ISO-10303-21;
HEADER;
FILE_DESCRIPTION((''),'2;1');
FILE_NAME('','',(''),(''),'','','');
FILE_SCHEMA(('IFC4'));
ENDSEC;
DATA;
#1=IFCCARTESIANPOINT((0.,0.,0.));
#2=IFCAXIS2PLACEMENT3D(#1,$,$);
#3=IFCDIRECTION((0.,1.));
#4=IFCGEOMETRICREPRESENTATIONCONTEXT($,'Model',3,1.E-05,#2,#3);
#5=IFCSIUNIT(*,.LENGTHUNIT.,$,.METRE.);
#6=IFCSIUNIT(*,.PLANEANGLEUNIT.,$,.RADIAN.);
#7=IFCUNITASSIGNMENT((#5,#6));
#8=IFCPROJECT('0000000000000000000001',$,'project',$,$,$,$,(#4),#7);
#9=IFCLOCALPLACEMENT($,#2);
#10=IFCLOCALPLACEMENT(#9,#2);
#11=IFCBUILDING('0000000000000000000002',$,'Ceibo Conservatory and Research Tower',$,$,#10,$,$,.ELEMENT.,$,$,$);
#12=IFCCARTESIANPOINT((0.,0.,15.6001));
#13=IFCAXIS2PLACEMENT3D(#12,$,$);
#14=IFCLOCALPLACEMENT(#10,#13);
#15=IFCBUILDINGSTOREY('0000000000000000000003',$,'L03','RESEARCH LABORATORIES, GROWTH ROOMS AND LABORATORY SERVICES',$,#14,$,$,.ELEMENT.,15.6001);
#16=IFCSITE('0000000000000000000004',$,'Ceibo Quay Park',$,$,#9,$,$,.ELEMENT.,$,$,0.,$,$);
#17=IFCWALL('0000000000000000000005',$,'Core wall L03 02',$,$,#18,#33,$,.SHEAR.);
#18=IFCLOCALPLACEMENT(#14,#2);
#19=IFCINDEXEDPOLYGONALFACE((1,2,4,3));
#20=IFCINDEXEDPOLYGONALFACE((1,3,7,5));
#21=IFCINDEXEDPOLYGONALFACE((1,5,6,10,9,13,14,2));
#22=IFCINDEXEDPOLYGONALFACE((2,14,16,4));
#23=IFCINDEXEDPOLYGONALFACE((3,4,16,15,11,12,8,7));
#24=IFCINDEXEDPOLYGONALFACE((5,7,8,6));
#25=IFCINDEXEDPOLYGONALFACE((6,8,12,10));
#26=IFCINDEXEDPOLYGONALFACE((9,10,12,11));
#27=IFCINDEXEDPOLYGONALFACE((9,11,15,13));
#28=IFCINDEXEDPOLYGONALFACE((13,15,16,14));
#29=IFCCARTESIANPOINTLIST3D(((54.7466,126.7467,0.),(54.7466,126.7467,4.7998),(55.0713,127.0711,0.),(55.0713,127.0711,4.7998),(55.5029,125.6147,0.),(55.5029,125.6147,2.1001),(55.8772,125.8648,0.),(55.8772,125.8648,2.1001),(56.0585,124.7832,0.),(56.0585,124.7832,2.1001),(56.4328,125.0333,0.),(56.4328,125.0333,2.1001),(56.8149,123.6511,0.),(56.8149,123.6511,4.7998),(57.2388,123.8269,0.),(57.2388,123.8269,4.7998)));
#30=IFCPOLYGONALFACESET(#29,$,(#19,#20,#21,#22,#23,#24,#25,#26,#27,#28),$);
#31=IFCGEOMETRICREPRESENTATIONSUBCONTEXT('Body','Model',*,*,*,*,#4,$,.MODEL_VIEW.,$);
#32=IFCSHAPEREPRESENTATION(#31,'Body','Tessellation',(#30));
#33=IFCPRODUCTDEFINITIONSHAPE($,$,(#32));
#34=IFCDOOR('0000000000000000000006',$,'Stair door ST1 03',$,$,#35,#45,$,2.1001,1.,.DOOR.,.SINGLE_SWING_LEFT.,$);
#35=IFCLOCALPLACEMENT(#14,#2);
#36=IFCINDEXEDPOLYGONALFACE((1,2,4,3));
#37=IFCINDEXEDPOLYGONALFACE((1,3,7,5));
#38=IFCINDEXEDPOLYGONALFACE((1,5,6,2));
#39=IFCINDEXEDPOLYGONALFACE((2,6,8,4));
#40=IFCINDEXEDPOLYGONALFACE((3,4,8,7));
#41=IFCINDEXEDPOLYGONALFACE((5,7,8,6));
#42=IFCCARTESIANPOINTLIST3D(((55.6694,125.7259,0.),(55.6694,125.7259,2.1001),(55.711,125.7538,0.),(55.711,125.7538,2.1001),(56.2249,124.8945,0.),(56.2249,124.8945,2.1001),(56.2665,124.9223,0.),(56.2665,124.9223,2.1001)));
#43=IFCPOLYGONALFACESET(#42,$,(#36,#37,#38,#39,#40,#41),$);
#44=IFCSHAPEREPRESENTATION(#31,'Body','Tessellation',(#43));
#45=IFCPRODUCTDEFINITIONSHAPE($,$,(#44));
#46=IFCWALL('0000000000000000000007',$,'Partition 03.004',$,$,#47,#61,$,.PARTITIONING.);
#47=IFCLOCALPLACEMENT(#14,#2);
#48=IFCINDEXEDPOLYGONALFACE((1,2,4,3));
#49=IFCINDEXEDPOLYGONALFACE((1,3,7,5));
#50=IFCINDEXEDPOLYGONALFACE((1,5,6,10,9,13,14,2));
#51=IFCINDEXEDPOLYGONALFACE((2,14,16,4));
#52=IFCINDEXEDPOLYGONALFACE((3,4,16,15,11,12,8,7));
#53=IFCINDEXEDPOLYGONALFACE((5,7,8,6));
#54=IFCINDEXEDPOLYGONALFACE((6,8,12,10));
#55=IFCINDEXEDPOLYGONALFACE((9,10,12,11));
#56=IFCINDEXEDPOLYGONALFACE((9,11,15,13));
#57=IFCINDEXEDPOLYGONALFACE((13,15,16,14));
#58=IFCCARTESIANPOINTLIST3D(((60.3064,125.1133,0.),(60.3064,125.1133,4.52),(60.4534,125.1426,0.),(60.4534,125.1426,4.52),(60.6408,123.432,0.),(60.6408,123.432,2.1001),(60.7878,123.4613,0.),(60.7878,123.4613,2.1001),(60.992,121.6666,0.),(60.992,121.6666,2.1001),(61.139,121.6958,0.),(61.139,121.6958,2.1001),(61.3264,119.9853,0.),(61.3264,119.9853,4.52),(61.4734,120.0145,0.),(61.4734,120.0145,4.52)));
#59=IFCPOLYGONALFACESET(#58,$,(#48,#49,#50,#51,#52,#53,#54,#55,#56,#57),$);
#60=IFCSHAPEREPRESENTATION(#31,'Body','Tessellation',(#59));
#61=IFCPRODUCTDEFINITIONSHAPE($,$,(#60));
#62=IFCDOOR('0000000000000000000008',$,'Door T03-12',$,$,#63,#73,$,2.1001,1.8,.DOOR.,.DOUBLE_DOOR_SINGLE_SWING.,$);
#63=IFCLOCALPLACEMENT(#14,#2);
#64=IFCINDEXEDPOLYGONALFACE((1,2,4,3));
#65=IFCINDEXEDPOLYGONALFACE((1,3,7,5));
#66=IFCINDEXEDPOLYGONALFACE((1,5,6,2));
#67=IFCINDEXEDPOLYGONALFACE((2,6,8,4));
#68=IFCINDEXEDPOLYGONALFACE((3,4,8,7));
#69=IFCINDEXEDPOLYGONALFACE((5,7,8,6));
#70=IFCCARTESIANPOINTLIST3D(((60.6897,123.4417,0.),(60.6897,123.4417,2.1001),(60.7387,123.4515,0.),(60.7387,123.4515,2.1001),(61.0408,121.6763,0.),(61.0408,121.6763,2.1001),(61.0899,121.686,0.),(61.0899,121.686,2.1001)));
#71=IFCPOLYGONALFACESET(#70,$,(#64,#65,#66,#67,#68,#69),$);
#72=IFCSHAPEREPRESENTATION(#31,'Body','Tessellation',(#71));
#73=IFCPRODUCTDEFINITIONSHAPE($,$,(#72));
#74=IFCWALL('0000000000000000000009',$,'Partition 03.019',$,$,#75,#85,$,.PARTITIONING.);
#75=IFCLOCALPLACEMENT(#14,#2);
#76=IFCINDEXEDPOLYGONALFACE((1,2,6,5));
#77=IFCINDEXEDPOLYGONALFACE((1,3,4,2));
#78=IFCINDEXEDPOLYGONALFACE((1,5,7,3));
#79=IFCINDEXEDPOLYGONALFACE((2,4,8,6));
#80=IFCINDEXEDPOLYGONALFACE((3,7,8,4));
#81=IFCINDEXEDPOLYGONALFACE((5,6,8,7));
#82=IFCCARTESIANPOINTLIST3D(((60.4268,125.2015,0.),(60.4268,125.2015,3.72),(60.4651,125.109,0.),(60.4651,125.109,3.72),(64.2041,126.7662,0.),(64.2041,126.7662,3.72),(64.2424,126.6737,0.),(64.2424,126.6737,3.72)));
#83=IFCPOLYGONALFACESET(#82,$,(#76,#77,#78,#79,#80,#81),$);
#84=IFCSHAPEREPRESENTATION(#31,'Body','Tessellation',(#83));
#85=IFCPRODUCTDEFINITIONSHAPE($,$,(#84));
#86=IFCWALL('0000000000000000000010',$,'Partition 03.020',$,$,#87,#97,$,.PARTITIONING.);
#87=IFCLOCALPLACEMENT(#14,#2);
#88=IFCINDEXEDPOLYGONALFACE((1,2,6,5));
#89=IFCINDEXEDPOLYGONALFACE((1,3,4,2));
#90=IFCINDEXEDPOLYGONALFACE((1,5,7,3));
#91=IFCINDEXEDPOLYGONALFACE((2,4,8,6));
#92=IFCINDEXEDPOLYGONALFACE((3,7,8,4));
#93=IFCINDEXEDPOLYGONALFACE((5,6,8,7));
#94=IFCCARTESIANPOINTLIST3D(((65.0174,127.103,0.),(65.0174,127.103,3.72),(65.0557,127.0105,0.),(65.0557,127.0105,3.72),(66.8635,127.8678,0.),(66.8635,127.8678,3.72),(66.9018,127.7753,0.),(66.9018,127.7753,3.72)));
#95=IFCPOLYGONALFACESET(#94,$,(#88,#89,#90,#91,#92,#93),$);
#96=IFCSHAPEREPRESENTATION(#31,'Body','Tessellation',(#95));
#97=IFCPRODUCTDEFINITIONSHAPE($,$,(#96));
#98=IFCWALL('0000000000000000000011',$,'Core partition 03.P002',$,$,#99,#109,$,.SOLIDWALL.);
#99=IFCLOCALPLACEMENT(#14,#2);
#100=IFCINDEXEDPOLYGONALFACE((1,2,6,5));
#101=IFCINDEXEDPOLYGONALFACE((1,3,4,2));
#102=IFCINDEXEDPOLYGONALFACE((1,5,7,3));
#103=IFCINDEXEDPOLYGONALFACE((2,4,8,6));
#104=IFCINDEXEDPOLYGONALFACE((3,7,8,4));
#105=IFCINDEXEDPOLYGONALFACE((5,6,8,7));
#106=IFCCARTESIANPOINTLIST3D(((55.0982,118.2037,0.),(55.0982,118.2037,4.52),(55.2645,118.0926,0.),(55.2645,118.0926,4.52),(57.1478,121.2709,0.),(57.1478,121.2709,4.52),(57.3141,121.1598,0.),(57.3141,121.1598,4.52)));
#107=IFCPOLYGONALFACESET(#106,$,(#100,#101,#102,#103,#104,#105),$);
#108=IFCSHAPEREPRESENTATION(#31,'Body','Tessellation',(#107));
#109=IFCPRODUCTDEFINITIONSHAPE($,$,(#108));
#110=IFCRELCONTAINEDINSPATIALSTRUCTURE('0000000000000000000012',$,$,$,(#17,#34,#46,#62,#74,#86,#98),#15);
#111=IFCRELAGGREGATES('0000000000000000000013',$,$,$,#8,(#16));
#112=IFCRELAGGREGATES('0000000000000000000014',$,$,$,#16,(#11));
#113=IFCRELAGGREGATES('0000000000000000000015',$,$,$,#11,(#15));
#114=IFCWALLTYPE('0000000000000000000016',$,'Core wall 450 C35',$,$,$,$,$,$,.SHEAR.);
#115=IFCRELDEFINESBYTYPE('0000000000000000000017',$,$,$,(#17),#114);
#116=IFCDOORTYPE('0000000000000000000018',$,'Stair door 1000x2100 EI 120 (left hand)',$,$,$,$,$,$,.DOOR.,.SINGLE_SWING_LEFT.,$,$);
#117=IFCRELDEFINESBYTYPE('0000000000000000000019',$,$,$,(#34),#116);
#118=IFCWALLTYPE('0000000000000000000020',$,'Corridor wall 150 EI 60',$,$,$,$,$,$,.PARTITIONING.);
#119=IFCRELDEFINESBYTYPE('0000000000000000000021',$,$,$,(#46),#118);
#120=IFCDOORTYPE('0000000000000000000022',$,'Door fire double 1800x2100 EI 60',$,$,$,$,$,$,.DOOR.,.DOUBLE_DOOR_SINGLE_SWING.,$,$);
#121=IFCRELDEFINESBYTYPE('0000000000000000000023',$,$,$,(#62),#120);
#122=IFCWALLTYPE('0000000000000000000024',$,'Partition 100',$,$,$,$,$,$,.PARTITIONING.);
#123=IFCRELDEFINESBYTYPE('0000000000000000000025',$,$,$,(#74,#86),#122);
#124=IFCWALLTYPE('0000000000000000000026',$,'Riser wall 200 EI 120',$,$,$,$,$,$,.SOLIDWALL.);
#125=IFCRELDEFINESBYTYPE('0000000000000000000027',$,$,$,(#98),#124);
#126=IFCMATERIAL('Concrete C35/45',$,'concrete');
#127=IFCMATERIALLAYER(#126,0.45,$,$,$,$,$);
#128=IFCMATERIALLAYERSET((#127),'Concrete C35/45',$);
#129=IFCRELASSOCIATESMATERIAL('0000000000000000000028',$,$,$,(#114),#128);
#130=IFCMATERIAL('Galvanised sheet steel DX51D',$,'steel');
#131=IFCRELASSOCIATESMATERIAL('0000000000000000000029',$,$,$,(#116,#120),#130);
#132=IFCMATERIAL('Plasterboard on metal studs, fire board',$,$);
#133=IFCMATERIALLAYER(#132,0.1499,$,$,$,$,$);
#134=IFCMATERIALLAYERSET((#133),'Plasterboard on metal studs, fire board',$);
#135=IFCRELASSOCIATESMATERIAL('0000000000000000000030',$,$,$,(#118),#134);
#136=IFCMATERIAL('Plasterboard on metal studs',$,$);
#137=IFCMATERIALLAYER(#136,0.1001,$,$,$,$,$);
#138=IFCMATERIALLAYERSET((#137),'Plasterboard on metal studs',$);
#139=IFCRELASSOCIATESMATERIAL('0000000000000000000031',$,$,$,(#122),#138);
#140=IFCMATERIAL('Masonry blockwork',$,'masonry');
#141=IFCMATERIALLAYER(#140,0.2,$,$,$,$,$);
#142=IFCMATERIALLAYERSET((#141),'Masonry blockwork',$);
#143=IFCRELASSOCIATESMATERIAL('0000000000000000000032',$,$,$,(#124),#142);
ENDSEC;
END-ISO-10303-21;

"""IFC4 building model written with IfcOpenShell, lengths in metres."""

from ifc_helpers import new_model, si_unit, direction, frame, frame_2d, origin, place, context, subcontext, project, spatial, polyline, rectangle, outline, extrude, material, layer, layer_set, type_object, element, fill, save


model = new_model("IFC4")

# Units and contexts
model_context = context("Model", 3, precision=1e-05, world=origin(), true_north=direction((0.0, 1.0)))
body_context = subcontext(model_context, "Body", "Model", "MODEL_VIEW")
ifc_project = project(units=[si_unit("LENGTHUNIT", "METRE"), si_unit("PLANEANGLEUNIT", "RADIAN")], contexts=[model_context])

# Site, building, storey
site_placement = place(None, origin())
site = spatial("IfcSite", under=ifc_project, at=site_placement, Name="Ceibo Quay Park", CompositionType="ELEMENT", RefElevation=0.0)
building_placement = place(site_placement, origin())
building = spatial("IfcBuilding", under=site, at=building_placement, Name="Ceibo Conservatory and Research Tower", CompositionType="ELEMENT")
storey_placement = place(building_placement, frame((0.0, 0.0, 15.6001)))
storey = spatial("IfcBuildingStorey", under=building, at=storey_placement, Name="L03", Description="RESEARCH LABORATORIES, GROWTH ROOMS AND LABORATORY SERVICES", CompositionType="ELEMENT", Elevation=15.6001)

# Shared definitions
ifc_material_1 = material(Name="Concrete C35/45", Category="concrete")

# Walls, openings, doors
ifc_layer_1 = layer(ifc_material_1, 0.45)
ifc_layer_set_1 = layer_set([ifc_layer_1], Name="Concrete C35/45")
wall_type_1 = type_object("IfcWallType", Name="Core wall 450 C35", PredefinedType="SHEAR", material=ifc_layer_set_1)
wall_1_placement = place(storey_placement, frame((57.0269, 123.739, 0.0), z_axis=(0.0, 0.0, 1.0), x_axis=(-0.555542, 0.831488, 0.0)))
wall_1 = element("IfcWall", 1, at=wall_1_placement, inside=storey, type_object=wall_type_1, Name="Core wall L03 02", PredefinedType="SHEAR", context=body_context, shape_type="SweptSolid", body=[
    extrude(outline(polyline([(-0.0447, -0.2251), (3.8569, -0.2251), (3.7676, 0.2251), (0.0447, 0.2251), (-0.0447, -0.2251)])), origin(), (0.0, 0.0, 1.0), 4.7998),
])
opening_1_placement = place(wall_1_placement, frame((1.4062, 0.0, 0.0)))
opening_1 = element("IfcOpeningElement", 2, at=opening_1_placement, cuts=wall_1, PredefinedType="OPENING", context=body_context, shape_type="SweptSolid", body=[
    extrude(rectangle(XDim=1.0, YDim=2.1001, at=frame_2d((0.5, 1.05))), frame((0.0, 0.2349, 0.0), z_axis=(0.0, -1.0, 0.0), x_axis=(1.0, 0.0, 0.0)), (0.0, 0.0, 1.0), 0.47),
])
ifc_material_2 = material(Name="Galvanised sheet steel DX51D", Category="steel")
door_type_1 = type_object("IfcDoorType", Name="Stair door 1000x2100 EI 120 (left hand)", OperationType="SINGLE_SWING_LEFT", PredefinedType="DOOR", material=ifc_material_2)
door_1_placement = place(opening_1_placement, origin())
door_1 = element("IfcDoor", 3, at=door_1_placement, inside=storey, type_object=door_type_1, Name="Stair door ST1 03", OperationType="SINGLE_SWING_LEFT", OverallHeight=2.1001, OverallWidth=1.0, PredefinedType="DOOR", context=body_context, shape_type="SweptSolid", body=[
    extrude(rectangle(XDim=1.0, YDim=2.1001, at=frame_2d((0.5, 1.05))), frame((0.0, 0.0249, 0.0), z_axis=(0.0, -1.0, 0.0), x_axis=(1.0, 0.0, 0.0)), (0.0, 0.0, 1.0), 0.05),
])
fill(opening_1, door_1)
ifc_material_3 = material(Name="Plasterboard on metal studs, fire board")
ifc_layer_2 = layer(ifc_material_3, 0.1499)
ifc_layer_set_2 = layer_set([ifc_layer_2], Name="Plasterboard on metal studs, fire board")
wall_type_2 = type_object("IfcWallType", Name="Corridor wall 150 EI 60", PredefinedType="PARTITIONING", material=ifc_layer_set_2)
wall_2_placement = place(storey_placement, frame((60.3799, 125.1279, 0.0), z_axis=(0.0, 0.0, 1.0), x_axis=(0.195092, -0.980785, 0.0)))
wall_2 = element("IfcWall", 4, at=wall_2_placement, inside=storey, type_object=wall_type_2, Name="Partition 03.004", PredefinedType="PARTITIONING", context=body_context, shape_type="SweptSolid", body=[
    extrude(rectangle(XDim=5.2285, YDim=0.1499, at=frame_2d((2.6143, 0.0))), origin(), (0.0, 0.0, 1.0), 4.52),
])
opening_2_placement = place(wall_2_placement, frame((1.7144, 0.0, 0.0)))
opening_2 = element("IfcOpeningElement", 5, at=opening_2_placement, cuts=wall_2, PredefinedType="OPENING", context=body_context, shape_type="SweptSolid", body=[
    extrude(rectangle(XDim=1.8, YDim=2.1001, at=frame_2d((0.8999, 1.05))), frame((0.0, 0.085, 0.0), z_axis=(0.0, -1.0, 0.0), x_axis=(1.0, 0.0, 0.0)), (0.0, 0.0, 1.0), 0.1699),
])
door_type_2 = type_object("IfcDoorType", Name="Door fire double 1800x2100 EI 60", OperationType="DOUBLE_DOOR_SINGLE_SWING", PredefinedType="DOOR", material=ifc_material_2)
door_2_placement = place(opening_2_placement, origin())
door_2 = element("IfcDoor", 6, at=door_2_placement, inside=storey, type_object=door_type_2, Name="Door T03-12", OperationType="DOUBLE_DOOR_SINGLE_SWING", OverallHeight=2.1001, OverallWidth=1.8, PredefinedType="DOOR", context=body_context, shape_type="SweptSolid", body=[
    extrude(rectangle(XDim=1.8, YDim=2.1001, at=frame_2d((0.8999, 1.05))), frame((0.0, 0.0249, 0.0), z_axis=(0.0, -1.0, 0.0), x_axis=(1.0, 0.0, 0.0)), (0.0, 0.0, 1.0), 0.05),
])
fill(opening_2, door_2)

# Walls
ifc_material_4 = material(Name="Plasterboard on metal studs")
ifc_layer_3 = layer(ifc_material_4, 0.1001)
ifc_layer_set_3 = layer_set([ifc_layer_3], Name="Plasterboard on metal studs")
wall_type_3 = type_object("IfcWallType", Name="Partition 100", PredefinedType="PARTITIONING", material=ifc_layer_set_3)
wall_3_placement = place(storey_placement, frame((64.2234, 126.72, 0.0), z_axis=(0.0, 0.0, 1.0), x_axis=(-0.923873, -0.382698, 0.0)))
element("IfcWall", 7, at=wall_3_placement, inside=storey, type_object=wall_type_3, Name="Partition 03.019", PredefinedType="PARTITIONING", context=body_context, shape_type="SweptSolid", body=[
    extrude(rectangle(XDim=4.0886, YDim=0.1001, at=frame_2d((2.0444, 0.0))), origin(), (0.0, 0.0, 1.0), 3.72),
])
wall_4_placement = place(storey_placement, frame((66.8826, 127.8215, 0.0), z_axis=(0.0, 0.0, 1.0), x_axis=(-0.923849, -0.382758, 0.0)))
element("IfcWall", 8, at=wall_4_placement, inside=storey, type_object=wall_type_3, Name="Partition 03.020", PredefinedType="PARTITIONING", context=body_context, shape_type="SweptSolid", body=[
    extrude(rectangle(XDim=1.9983, YDim=0.1001, at=frame_2d((0.999, 0.0))), origin(), (0.0, 0.0, 1.0), 3.72),
])
ifc_material_5 = material(Name="Masonry blockwork", Category="masonry")
ifc_layer_4 = layer(ifc_material_5, 0.2)
ifc_layer_set_4 = layer_set([ifc_layer_4], Name="Masonry blockwork")
wall_type_4 = type_object("IfcWallType", Name="Riser wall 200 EI 120", PredefinedType="SOLIDWALL", material=ifc_layer_set_4)
wall_5_placement = place(storey_placement, frame((57.231, 121.2153, 0.0), z_axis=(0.0, 0.0, 1.0), x_axis=(-0.555601, -0.831449, 0.0)))
element("IfcWall", 9, at=wall_5_placement, inside=storey, type_object=wall_type_4, Name="Core partition 03.P002", PredefinedType="SOLIDWALL", context=body_context, shape_type="SweptSolid", body=[
    extrude(rectangle(XDim=3.689, YDim=0.2, at=frame_2d((1.8445, 0.0))), origin(), (0.0, 0.0, 1.0), 4.52),
])

save(model, "model.ifc")
